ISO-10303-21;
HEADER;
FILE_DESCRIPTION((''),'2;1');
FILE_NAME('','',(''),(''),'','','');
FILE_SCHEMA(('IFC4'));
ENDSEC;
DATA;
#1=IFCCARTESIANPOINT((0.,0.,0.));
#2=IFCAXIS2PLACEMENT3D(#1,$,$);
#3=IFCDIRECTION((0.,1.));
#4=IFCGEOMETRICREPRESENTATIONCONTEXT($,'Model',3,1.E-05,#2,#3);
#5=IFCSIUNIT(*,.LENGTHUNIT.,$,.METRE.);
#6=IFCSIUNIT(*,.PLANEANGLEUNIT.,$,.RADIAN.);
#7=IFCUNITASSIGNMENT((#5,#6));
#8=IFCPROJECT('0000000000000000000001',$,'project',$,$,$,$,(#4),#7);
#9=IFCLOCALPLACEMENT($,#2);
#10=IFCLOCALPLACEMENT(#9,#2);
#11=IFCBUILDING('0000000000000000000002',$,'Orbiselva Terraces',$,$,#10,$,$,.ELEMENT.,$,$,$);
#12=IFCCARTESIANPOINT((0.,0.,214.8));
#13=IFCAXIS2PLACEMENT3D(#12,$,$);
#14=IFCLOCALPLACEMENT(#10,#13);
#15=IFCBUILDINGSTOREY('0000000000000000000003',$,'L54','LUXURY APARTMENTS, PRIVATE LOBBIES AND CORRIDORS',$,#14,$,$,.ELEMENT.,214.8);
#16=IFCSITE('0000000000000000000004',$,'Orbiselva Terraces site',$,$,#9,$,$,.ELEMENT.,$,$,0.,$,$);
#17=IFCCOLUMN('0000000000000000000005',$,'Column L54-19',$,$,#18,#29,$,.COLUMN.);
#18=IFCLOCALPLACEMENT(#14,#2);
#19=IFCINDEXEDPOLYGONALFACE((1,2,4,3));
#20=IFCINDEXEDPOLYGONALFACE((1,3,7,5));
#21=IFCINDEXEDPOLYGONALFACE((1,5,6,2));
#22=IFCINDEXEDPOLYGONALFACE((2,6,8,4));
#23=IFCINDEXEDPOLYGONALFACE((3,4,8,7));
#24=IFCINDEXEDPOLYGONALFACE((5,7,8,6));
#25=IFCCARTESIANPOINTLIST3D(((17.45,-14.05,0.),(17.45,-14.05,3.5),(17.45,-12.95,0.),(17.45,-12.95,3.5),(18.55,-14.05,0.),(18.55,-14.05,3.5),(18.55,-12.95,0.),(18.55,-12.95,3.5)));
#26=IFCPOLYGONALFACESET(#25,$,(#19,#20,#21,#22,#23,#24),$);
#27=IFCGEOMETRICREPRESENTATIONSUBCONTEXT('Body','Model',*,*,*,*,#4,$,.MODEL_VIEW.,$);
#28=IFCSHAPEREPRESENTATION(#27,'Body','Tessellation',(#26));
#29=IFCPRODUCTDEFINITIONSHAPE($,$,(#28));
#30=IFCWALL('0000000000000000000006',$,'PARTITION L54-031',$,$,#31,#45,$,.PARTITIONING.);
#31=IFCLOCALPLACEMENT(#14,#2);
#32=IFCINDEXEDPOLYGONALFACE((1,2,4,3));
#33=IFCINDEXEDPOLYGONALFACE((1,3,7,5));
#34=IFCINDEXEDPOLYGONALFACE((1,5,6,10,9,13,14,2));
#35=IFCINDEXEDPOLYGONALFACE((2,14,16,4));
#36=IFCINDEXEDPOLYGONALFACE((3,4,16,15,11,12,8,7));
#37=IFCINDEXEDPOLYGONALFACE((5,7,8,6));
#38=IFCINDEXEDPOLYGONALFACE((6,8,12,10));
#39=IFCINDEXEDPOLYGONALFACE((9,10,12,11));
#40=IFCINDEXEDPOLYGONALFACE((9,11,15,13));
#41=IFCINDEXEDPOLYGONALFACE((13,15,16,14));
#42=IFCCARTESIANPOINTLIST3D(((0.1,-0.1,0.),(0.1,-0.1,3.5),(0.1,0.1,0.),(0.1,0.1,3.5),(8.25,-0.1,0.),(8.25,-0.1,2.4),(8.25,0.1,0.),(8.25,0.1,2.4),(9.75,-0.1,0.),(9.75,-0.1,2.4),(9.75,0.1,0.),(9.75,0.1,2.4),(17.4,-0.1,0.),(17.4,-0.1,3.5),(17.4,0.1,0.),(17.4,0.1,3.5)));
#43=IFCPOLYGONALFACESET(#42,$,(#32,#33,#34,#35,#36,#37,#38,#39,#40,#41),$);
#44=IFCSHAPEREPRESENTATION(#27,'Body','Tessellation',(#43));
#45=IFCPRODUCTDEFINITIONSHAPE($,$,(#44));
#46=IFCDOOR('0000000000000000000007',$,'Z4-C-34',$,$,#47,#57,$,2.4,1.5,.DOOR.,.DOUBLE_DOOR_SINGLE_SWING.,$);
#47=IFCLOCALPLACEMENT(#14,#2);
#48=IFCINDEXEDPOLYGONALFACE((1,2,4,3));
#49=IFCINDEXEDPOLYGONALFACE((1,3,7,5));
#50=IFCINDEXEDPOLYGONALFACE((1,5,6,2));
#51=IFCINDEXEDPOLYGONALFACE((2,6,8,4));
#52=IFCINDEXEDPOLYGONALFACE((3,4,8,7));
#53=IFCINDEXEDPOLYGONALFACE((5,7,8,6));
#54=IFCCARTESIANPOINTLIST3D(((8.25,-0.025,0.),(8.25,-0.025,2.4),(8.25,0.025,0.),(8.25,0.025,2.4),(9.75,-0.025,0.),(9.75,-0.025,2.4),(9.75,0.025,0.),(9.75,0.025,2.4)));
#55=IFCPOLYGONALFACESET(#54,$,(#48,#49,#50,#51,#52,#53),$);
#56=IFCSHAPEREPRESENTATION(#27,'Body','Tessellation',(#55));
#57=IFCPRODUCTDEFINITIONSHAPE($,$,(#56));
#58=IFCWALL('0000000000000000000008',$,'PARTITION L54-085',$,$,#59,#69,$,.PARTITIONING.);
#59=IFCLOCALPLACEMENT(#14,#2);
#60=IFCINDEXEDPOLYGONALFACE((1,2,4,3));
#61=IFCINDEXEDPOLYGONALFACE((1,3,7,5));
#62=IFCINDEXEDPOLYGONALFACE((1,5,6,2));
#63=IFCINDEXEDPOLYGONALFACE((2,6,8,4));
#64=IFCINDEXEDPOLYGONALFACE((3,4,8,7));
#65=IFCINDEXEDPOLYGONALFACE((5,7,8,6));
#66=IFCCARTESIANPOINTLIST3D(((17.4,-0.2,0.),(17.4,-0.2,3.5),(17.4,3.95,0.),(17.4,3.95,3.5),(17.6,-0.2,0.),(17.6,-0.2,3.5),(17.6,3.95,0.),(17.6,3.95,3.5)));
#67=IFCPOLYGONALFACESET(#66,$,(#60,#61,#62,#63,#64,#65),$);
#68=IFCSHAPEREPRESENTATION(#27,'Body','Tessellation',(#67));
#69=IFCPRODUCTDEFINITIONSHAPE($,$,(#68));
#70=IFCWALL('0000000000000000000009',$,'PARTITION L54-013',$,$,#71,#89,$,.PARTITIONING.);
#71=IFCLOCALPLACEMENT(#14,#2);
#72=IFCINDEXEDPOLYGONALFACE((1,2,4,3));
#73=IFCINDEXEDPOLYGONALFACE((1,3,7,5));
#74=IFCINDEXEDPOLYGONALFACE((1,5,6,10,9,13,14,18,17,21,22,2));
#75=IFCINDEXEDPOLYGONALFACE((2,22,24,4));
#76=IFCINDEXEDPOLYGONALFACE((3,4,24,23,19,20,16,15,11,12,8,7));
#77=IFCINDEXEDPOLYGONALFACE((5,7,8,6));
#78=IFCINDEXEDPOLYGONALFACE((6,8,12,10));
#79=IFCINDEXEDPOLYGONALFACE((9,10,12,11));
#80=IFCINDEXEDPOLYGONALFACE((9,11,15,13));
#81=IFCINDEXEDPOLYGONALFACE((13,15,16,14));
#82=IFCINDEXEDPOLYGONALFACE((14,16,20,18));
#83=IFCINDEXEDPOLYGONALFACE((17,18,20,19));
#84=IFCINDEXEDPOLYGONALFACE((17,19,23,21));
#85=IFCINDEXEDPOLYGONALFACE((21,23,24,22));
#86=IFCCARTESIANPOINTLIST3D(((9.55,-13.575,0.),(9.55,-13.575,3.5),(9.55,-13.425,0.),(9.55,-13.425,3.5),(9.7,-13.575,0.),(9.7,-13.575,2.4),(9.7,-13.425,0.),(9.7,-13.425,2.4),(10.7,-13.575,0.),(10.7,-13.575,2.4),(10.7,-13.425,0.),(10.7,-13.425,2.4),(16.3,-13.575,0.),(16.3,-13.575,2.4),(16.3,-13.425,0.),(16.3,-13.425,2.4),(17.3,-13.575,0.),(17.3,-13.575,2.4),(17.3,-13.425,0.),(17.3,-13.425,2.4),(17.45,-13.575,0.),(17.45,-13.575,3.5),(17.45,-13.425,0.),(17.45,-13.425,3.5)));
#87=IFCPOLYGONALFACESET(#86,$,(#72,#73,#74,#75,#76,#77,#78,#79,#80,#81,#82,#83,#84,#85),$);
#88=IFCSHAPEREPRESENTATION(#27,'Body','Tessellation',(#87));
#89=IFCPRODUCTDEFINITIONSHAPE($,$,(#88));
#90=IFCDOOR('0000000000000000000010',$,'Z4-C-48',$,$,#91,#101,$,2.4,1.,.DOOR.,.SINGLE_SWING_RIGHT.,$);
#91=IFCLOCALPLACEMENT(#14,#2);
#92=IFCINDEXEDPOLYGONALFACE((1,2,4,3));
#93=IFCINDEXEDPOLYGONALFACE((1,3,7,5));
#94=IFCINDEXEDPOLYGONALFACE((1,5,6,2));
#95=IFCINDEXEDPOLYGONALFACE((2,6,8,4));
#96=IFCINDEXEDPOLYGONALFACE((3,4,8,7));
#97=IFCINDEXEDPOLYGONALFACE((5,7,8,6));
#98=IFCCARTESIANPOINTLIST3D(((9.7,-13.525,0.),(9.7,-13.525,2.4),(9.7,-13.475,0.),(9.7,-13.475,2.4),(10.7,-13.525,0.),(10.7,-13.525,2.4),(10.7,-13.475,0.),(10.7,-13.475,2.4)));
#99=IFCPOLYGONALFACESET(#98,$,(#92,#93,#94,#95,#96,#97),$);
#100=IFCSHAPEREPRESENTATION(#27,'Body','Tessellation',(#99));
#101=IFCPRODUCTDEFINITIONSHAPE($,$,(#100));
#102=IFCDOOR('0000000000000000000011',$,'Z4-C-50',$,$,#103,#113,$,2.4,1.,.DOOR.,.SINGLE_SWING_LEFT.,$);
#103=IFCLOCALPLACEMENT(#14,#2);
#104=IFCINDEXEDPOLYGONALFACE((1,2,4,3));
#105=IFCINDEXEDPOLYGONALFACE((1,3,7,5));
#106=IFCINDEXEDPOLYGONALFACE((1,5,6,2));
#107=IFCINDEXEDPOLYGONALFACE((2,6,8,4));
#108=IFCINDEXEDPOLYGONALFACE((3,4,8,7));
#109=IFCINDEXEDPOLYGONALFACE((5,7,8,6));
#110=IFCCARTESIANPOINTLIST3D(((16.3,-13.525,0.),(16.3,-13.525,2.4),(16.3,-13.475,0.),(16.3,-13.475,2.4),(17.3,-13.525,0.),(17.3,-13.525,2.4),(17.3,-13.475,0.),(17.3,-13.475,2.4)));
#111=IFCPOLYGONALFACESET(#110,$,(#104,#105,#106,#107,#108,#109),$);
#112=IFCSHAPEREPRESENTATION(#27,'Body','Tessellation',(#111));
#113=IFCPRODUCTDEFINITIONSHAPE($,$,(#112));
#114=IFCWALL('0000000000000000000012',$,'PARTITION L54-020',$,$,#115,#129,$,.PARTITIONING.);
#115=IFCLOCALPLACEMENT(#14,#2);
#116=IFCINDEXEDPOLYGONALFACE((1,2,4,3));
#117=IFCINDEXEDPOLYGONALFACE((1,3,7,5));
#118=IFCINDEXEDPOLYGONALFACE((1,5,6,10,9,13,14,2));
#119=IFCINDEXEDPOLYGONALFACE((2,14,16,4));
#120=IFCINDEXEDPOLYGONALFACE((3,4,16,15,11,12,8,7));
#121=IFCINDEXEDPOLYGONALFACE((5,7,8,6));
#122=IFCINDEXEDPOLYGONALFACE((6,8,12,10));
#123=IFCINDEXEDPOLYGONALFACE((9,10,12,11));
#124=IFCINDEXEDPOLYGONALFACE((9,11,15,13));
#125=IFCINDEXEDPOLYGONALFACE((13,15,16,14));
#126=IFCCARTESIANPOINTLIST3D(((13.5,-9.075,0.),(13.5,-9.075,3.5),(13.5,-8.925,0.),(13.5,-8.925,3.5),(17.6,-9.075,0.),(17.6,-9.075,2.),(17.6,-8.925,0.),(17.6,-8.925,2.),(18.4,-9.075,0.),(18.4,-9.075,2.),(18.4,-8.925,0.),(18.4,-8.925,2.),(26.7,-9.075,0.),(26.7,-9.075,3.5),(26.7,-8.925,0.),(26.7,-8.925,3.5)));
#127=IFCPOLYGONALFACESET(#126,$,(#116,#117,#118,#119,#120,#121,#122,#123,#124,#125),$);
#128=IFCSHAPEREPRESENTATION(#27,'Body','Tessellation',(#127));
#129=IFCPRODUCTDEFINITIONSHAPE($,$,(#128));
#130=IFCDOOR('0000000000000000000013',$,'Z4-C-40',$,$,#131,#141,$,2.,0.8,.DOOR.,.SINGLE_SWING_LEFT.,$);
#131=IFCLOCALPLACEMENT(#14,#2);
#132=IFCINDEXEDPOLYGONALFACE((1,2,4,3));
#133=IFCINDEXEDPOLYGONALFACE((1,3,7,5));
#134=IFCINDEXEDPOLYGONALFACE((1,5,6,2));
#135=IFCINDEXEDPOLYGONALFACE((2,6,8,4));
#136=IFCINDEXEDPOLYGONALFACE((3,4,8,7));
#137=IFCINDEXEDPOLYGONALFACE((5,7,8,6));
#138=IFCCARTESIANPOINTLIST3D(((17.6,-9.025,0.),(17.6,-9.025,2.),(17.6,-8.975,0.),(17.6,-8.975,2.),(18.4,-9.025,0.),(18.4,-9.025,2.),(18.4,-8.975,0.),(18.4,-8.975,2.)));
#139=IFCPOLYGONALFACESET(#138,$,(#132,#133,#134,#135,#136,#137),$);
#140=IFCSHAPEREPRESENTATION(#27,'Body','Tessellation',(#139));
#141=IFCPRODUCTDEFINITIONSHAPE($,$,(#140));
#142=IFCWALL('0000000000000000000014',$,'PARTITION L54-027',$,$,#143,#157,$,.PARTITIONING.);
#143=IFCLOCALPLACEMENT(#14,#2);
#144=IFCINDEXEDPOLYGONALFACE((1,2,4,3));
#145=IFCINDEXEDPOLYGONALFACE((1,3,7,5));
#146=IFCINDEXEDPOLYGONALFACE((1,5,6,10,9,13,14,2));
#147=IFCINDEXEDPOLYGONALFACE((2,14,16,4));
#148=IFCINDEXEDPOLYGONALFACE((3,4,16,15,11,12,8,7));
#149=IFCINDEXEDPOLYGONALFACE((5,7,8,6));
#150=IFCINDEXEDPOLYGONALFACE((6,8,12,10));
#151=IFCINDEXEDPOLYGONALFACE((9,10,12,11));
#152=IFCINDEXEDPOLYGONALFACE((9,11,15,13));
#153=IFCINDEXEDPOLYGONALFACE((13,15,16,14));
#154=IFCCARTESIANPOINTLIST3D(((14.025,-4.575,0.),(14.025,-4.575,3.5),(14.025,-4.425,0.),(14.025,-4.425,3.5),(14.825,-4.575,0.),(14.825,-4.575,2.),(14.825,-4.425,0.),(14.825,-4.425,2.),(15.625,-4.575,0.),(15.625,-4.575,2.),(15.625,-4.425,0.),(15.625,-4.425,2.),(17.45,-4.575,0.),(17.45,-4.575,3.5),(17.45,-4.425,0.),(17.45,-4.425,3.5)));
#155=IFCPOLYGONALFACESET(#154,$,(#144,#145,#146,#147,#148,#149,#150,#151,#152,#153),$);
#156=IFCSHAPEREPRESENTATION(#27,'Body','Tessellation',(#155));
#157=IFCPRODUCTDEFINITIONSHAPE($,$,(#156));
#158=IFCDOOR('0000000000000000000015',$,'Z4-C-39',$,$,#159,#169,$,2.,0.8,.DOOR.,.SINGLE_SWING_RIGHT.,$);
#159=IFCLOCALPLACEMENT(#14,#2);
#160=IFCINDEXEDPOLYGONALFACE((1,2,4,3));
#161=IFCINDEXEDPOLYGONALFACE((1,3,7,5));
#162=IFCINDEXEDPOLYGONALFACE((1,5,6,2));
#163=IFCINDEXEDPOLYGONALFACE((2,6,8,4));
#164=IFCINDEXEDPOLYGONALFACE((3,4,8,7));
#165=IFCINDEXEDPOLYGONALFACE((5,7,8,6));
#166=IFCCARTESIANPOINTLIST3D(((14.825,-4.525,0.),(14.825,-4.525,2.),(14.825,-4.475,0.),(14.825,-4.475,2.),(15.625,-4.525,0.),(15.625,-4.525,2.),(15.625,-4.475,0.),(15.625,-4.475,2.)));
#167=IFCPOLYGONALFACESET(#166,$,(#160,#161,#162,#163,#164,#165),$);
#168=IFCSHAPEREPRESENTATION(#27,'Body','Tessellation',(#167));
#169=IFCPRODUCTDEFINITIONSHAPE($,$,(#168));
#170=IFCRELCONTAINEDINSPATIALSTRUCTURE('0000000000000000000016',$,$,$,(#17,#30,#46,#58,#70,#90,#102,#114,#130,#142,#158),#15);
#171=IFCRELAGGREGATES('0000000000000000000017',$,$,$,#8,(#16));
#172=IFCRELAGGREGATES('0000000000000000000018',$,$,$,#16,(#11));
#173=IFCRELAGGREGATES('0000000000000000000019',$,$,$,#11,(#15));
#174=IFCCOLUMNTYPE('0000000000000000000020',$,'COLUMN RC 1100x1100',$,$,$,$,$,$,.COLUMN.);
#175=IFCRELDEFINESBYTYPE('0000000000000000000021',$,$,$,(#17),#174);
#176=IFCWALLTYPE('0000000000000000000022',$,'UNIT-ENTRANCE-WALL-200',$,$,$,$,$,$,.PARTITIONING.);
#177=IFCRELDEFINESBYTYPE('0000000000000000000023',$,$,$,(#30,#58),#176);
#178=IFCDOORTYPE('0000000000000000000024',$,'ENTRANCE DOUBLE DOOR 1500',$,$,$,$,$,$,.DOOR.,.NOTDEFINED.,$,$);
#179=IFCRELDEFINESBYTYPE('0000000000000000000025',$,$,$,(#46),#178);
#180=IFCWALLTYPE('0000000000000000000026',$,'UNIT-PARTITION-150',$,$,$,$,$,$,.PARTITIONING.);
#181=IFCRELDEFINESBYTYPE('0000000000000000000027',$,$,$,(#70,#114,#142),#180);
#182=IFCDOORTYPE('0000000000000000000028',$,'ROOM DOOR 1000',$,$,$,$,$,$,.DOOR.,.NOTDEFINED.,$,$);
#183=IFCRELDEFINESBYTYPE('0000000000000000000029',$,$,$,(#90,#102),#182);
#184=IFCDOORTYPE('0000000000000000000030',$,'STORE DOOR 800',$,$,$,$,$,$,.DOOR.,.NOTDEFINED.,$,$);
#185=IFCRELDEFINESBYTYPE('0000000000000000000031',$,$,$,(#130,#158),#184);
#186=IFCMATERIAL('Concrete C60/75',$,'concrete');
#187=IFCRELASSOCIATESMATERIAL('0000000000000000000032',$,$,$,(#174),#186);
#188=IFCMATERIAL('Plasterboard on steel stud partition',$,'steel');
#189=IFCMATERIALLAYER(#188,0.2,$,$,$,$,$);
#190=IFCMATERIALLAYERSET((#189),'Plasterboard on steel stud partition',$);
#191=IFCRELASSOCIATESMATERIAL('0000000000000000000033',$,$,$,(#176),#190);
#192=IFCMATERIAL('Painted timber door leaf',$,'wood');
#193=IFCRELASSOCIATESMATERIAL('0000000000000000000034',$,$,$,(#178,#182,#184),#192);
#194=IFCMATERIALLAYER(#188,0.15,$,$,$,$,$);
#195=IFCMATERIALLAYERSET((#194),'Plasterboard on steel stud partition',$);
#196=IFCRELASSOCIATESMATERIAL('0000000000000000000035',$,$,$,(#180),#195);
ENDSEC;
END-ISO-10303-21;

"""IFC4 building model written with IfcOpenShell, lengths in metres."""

from ifc_helpers import new_model, si_unit, direction, frame, frame_2d, origin, origin_2d, place, context, subcontext, project, spatial, rectangle, extrude, material, layer, layer_set, material_profile, profile_set, type_object, element, fill, save


model = new_model("IFC4")

# Units and contexts
model_context = context("Model", 3, precision=1e-05, world=origin(), true_north=direction((0.0, 1.0)))
body_context = subcontext(model_context, "Body", "Model", "MODEL_VIEW")
ifc_project = project(units=[si_unit("LENGTHUNIT", "METRE"), si_unit("PLANEANGLEUNIT", "RADIAN")], contexts=[model_context])

# Site, building, storey
site_placement = place(None, origin())
site = spatial("IfcSite", under=ifc_project, at=site_placement, Name="Orbiselva Terraces site", CompositionType="ELEMENT", RefElevation=0.0)
building_placement = place(site_placement, origin())
building = spatial("IfcBuilding", under=site, at=building_placement, Name="Orbiselva Terraces", CompositionType="ELEMENT")
storey_placement = place(building_placement, frame((0.0, 0.0, 214.8)))
storey = spatial("IfcBuildingStorey", under=building, at=storey_placement, Name="L54", Description="LUXURY APARTMENTS, PRIVATE LOBBIES AND CORRIDORS", CompositionType="ELEMENT", Elevation=214.8)

# Column
ifc_material_1 = material(Name="Concrete C60/75", Category="concrete")
ifc_material_profile = material_profile(ifc_material_1, rectangle(XDim=1.1, YDim=1.1, at=origin_2d()), Name="RC 1100x1100")
ifc_profile_set = profile_set([ifc_material_profile], Name="Concrete C60/75")
column_type = type_object("IfcColumnType", Name="COLUMN RC 1100x1100", PredefinedType="COLUMN", material=ifc_profile_set)
column_placement = place(storey_placement, frame((18.0, -13.5, 0.0), z_axis=(0.0, 0.0, 1.0), x_axis=(1.0, 0.0, 0.0)))
element("IfcColumn", 1, at=column_placement, inside=storey, type_object=column_type, Name="Column L54-19", PredefinedType="COLUMN", context=body_context, shape_type="SweptSolid", body=[
    extrude(rectangle(XDim=1.1, YDim=1.1, at=origin_2d()), origin(), (0.0, 0.0, 1.0), 3.5),
])

# Wall, opening, door
ifc_material_2 = material(Name="Plasterboard on steel stud partition", Category="steel")
ifc_layer_1 = layer(ifc_material_2, 0.2)
ifc_layer_set_1 = layer_set([ifc_layer_1], Name="Plasterboard on steel stud partition")
wall_type_1 = type_object("IfcWallType", Name="UNIT-ENTRANCE-WALL-200", PredefinedType="PARTITIONING", material=ifc_layer_set_1)
wall_1_placement = place(storey_placement, frame((17.4, 0.0, 0.0), z_axis=(0.0, 0.0, 1.0), x_axis=(-1.0, 0.0, 0.0)))
wall_1 = element("IfcWall", 2, at=wall_1_placement, inside=storey, type_object=wall_type_1, Name="PARTITION L54-031", PredefinedType="PARTITIONING", context=body_context, shape_type="SweptSolid", body=[
    extrude(rectangle(XDim=17.3, YDim=0.2, at=frame_2d((8.65, 0.0))), origin(), (0.0, 0.0, 1.0), 3.5),
])
opening_1_placement = place(wall_1_placement, frame((7.65, 0.0, 0.0)))
opening_1 = element("IfcOpeningElement", 3, at=opening_1_placement, cuts=wall_1, PredefinedType="OPENING", context=body_context, shape_type="SweptSolid", body=[
    extrude(rectangle(XDim=1.5, YDim=2.4, at=frame_2d((0.75, 1.2))), frame((0.0, 0.11, 0.0), z_axis=(0.0, -1.0, 0.0), x_axis=(1.0, 0.0, 0.0)), (0.0, 0.0, 1.0), 0.22),
])
ifc_material_3 = material(Name="Painted timber door leaf", Category="wood")
door_type_1 = type_object("IfcDoorType", Name="ENTRANCE DOUBLE DOOR 1500", OperationType="NOTDEFINED", PredefinedType="DOOR", material=ifc_material_3)
door_1_placement = place(opening_1_placement, origin())
door_1 = element("IfcDoor", 4, at=door_1_placement, inside=storey, type_object=door_type_1, Name="Z4-C-34", OperationType="DOUBLE_DOOR_SINGLE_SWING", OverallHeight=2.4, OverallWidth=1.5, PredefinedType="DOOR", context=body_context, shape_type="SweptSolid", body=[
    extrude(rectangle(XDim=1.5, YDim=2.4, at=frame_2d((0.75, 1.2))), frame((0.0, 0.025, 0.0), z_axis=(0.0, -1.0, 0.0), x_axis=(1.0, 0.0, 0.0)), (0.0, 0.0, 1.0), 0.05),
])
fill(opening_1, door_1)

# Wall
wall_2_placement = place(storey_placement, frame((17.5, -0.2, 0.0), z_axis=(0.0, 0.0, 1.0), x_axis=(0.0, 1.0, 0.0)))
element("IfcWall", 5, at=wall_2_placement, inside=storey, type_object=wall_type_1, Name="PARTITION L54-085", PredefinedType="PARTITIONING", context=body_context, shape_type="SweptSolid", body=[
    extrude(rectangle(XDim=4.15, YDim=0.2, at=frame_2d((2.075, 0.0))), origin(), (0.0, 0.0, 1.0), 3.5),
])

# Wall, openings, doors
ifc_layer_2 = layer(ifc_material_2, 0.15)
ifc_layer_set_2 = layer_set([ifc_layer_2], Name="Plasterboard on steel stud partition")
wall_type_2 = type_object("IfcWallType", Name="UNIT-PARTITION-150", PredefinedType="PARTITIONING", material=ifc_layer_set_2)
wall_3_placement = place(storey_placement, frame((17.45, -13.5, 0.0), z_axis=(0.0, 0.0, 1.0), x_axis=(-1.0, 0.0, 0.0)))
wall_3 = element("IfcWall", 6, at=wall_3_placement, inside=storey, type_object=wall_type_2, Name="PARTITION L54-013", PredefinedType="PARTITIONING", context=body_context, shape_type="SweptSolid", body=[
    extrude(rectangle(XDim=7.9, YDim=0.15, at=frame_2d((3.95, 0.0))), origin(), (0.0, 0.0, 1.0), 3.5),
])
opening_2_placement = place(wall_3_placement, frame((6.75, 0.0, 0.0)))
opening_2 = element("IfcOpeningElement", 7, at=opening_2_placement, cuts=wall_3, PredefinedType="OPENING", context=body_context, shape_type="SweptSolid", body=[
    extrude(rectangle(XDim=1.0, YDim=2.4, at=frame_2d((0.5, 1.2))), frame((0.0, 0.085, 0.0), z_axis=(0.0, -1.0, 0.0), x_axis=(1.0, 0.0, 0.0)), (0.0, 0.0, 1.0), 0.17),
])
opening_3_placement = place(wall_3_placement, frame((0.15, 0.0, 0.0)))
opening_3 = element("IfcOpeningElement", 8, at=opening_3_placement, cuts=wall_3, PredefinedType="OPENING", context=body_context, shape_type="SweptSolid", body=[
    extrude(rectangle(XDim=1.0, YDim=2.4, at=frame_2d((0.5, 1.2))), frame((0.0, 0.085, 0.0), z_axis=(0.0, -1.0, 0.0), x_axis=(1.0, 0.0, 0.0)), (0.0, 0.0, 1.0), 0.17),
])
door_type_2 = type_object("IfcDoorType", Name="ROOM DOOR 1000", OperationType="NOTDEFINED", PredefinedType="DOOR", material=ifc_material_3)
door_2_placement = place(opening_2_placement, origin())
door_2 = element("IfcDoor", 9, at=door_2_placement, inside=storey, type_object=door_type_2, Name="Z4-C-48", OperationType="SINGLE_SWING_RIGHT", OverallHeight=2.4, OverallWidth=1.0, PredefinedType="DOOR", context=body_context, shape_type="SweptSolid", body=[
    extrude(rectangle(XDim=1.0, YDim=2.4, at=frame_2d((0.5, 1.2))), frame((0.0, 0.025, 0.0), z_axis=(0.0, -1.0, 0.0), x_axis=(1.0, 0.0, 0.0)), (0.0, 0.0, 1.0), 0.05),
])
fill(opening_2, door_2)
door_3_placement = place(opening_3_placement, origin())
door_3 = element("IfcDoor", 10, at=door_3_placement, inside=storey, type_object=door_type_2, Name="Z4-C-50", OperationType="SINGLE_SWING_LEFT", OverallHeight=2.4, OverallWidth=1.0, PredefinedType="DOOR", context=body_context, shape_type="SweptSolid", body=[
    extrude(rectangle(XDim=1.0, YDim=2.4, at=frame_2d((0.5, 1.2))), frame((0.0, 0.025, 0.0), z_axis=(0.0, -1.0, 0.0), x_axis=(1.0, 0.0, 0.0)), (0.0, 0.0, 1.0), 0.05),
])
fill(opening_3, door_3)

# Walls, openings, doors
wall_4_placement = place(storey_placement, frame((13.5, -9.0, 0.0), z_axis=(0.0, 0.0, 1.0), x_axis=(1.0, 0.0, 0.0)))
wall_4 = element("IfcWall", 11, at=wall_4_placement, inside=storey, type_object=wall_type_2, Name="PARTITION L54-020", PredefinedType="PARTITIONING", context=body_context, shape_type="SweptSolid", body=[
    extrude(rectangle(XDim=13.2, YDim=0.15, at=frame_2d((6.6, 0.0))), origin(), (0.0, 0.0, 1.0), 3.5),
])
opening_4_placement = place(wall_4_placement, frame((4.1, 0.0, 0.0)))
opening_4 = element("IfcOpeningElement", 12, at=opening_4_placement, cuts=wall_4, PredefinedType="OPENING", context=body_context, shape_type="SweptSolid", body=[
    extrude(rectangle(XDim=0.8, YDim=2.0, at=frame_2d((0.4, 1.0))), frame((0.0, 0.085, 0.0), z_axis=(0.0, -1.0, 0.0), x_axis=(1.0, 0.0, 0.0)), (0.0, 0.0, 1.0), 0.17),
])
door_type_3 = type_object("IfcDoorType", Name="STORE DOOR 800", OperationType="NOTDEFINED", PredefinedType="DOOR", material=ifc_material_3)
door_4_placement = place(opening_4_placement, origin())
door_4 = element("IfcDoor", 13, at=door_4_placement, inside=storey, type_object=door_type_3, Name="Z4-C-40", OperationType="SINGLE_SWING_LEFT", OverallHeight=2.0, OverallWidth=0.8, PredefinedType="DOOR", context=body_context, shape_type="SweptSolid", body=[
    extrude(rectangle(XDim=0.8, YDim=2.0, at=frame_2d((0.4, 1.0))), frame((0.0, 0.025, 0.0), z_axis=(0.0, -1.0, 0.0), x_axis=(1.0, 0.0, 0.0)), (0.0, 0.0, 1.0), 0.05),
])
fill(opening_4, door_4)
wall_5_placement = place(storey_placement, frame((17.45, -4.5, 0.0), z_axis=(0.0, 0.0, 1.0), x_axis=(-1.0, 0.0, 0.0)))
wall_5 = element("IfcWall", 14, at=wall_5_placement, inside=storey, type_object=wall_type_2, Name="PARTITION L54-027", PredefinedType="PARTITIONING", context=body_context, shape_type="SweptSolid", body=[
    extrude(rectangle(XDim=3.425, YDim=0.15, at=frame_2d((1.7125, 0.0))), origin(), (0.0, 0.0, 1.0), 3.5),
])
opening_5_placement = place(wall_5_placement, frame((1.825, 0.0, 0.0)))
opening_5 = element("IfcOpeningElement", 15, at=opening_5_placement, cuts=wall_5, PredefinedType="OPENING", context=body_context, shape_type="SweptSolid", body=[
    extrude(rectangle(XDim=0.8, YDim=2.0, at=frame_2d((0.4, 1.0))), frame((0.0, 0.085, 0.0), z_axis=(0.0, -1.0, 0.0), x_axis=(1.0, 0.0, 0.0)), (0.0, 0.0, 1.0), 0.17),
])
door_5_placement = place(opening_5_placement, origin())
door_5 = element("IfcDoor", 16, at=door_5_placement, inside=storey, type_object=door_type_3, Name="Z4-C-39", OperationType="SINGLE_SWING_RIGHT", OverallHeight=2.0, OverallWidth=0.8, PredefinedType="DOOR", context=body_context, shape_type="SweptSolid", body=[
    extrude(rectangle(XDim=0.8, YDim=2.0, at=frame_2d((0.4, 1.0))), frame((0.0, 0.025, 0.0), z_axis=(0.0, -1.0, 0.0), x_axis=(1.0, 0.0, 0.0)), (0.0, 0.0, 1.0), 0.05),
])
fill(opening_5, door_5)

save(model, "model.ifc")
